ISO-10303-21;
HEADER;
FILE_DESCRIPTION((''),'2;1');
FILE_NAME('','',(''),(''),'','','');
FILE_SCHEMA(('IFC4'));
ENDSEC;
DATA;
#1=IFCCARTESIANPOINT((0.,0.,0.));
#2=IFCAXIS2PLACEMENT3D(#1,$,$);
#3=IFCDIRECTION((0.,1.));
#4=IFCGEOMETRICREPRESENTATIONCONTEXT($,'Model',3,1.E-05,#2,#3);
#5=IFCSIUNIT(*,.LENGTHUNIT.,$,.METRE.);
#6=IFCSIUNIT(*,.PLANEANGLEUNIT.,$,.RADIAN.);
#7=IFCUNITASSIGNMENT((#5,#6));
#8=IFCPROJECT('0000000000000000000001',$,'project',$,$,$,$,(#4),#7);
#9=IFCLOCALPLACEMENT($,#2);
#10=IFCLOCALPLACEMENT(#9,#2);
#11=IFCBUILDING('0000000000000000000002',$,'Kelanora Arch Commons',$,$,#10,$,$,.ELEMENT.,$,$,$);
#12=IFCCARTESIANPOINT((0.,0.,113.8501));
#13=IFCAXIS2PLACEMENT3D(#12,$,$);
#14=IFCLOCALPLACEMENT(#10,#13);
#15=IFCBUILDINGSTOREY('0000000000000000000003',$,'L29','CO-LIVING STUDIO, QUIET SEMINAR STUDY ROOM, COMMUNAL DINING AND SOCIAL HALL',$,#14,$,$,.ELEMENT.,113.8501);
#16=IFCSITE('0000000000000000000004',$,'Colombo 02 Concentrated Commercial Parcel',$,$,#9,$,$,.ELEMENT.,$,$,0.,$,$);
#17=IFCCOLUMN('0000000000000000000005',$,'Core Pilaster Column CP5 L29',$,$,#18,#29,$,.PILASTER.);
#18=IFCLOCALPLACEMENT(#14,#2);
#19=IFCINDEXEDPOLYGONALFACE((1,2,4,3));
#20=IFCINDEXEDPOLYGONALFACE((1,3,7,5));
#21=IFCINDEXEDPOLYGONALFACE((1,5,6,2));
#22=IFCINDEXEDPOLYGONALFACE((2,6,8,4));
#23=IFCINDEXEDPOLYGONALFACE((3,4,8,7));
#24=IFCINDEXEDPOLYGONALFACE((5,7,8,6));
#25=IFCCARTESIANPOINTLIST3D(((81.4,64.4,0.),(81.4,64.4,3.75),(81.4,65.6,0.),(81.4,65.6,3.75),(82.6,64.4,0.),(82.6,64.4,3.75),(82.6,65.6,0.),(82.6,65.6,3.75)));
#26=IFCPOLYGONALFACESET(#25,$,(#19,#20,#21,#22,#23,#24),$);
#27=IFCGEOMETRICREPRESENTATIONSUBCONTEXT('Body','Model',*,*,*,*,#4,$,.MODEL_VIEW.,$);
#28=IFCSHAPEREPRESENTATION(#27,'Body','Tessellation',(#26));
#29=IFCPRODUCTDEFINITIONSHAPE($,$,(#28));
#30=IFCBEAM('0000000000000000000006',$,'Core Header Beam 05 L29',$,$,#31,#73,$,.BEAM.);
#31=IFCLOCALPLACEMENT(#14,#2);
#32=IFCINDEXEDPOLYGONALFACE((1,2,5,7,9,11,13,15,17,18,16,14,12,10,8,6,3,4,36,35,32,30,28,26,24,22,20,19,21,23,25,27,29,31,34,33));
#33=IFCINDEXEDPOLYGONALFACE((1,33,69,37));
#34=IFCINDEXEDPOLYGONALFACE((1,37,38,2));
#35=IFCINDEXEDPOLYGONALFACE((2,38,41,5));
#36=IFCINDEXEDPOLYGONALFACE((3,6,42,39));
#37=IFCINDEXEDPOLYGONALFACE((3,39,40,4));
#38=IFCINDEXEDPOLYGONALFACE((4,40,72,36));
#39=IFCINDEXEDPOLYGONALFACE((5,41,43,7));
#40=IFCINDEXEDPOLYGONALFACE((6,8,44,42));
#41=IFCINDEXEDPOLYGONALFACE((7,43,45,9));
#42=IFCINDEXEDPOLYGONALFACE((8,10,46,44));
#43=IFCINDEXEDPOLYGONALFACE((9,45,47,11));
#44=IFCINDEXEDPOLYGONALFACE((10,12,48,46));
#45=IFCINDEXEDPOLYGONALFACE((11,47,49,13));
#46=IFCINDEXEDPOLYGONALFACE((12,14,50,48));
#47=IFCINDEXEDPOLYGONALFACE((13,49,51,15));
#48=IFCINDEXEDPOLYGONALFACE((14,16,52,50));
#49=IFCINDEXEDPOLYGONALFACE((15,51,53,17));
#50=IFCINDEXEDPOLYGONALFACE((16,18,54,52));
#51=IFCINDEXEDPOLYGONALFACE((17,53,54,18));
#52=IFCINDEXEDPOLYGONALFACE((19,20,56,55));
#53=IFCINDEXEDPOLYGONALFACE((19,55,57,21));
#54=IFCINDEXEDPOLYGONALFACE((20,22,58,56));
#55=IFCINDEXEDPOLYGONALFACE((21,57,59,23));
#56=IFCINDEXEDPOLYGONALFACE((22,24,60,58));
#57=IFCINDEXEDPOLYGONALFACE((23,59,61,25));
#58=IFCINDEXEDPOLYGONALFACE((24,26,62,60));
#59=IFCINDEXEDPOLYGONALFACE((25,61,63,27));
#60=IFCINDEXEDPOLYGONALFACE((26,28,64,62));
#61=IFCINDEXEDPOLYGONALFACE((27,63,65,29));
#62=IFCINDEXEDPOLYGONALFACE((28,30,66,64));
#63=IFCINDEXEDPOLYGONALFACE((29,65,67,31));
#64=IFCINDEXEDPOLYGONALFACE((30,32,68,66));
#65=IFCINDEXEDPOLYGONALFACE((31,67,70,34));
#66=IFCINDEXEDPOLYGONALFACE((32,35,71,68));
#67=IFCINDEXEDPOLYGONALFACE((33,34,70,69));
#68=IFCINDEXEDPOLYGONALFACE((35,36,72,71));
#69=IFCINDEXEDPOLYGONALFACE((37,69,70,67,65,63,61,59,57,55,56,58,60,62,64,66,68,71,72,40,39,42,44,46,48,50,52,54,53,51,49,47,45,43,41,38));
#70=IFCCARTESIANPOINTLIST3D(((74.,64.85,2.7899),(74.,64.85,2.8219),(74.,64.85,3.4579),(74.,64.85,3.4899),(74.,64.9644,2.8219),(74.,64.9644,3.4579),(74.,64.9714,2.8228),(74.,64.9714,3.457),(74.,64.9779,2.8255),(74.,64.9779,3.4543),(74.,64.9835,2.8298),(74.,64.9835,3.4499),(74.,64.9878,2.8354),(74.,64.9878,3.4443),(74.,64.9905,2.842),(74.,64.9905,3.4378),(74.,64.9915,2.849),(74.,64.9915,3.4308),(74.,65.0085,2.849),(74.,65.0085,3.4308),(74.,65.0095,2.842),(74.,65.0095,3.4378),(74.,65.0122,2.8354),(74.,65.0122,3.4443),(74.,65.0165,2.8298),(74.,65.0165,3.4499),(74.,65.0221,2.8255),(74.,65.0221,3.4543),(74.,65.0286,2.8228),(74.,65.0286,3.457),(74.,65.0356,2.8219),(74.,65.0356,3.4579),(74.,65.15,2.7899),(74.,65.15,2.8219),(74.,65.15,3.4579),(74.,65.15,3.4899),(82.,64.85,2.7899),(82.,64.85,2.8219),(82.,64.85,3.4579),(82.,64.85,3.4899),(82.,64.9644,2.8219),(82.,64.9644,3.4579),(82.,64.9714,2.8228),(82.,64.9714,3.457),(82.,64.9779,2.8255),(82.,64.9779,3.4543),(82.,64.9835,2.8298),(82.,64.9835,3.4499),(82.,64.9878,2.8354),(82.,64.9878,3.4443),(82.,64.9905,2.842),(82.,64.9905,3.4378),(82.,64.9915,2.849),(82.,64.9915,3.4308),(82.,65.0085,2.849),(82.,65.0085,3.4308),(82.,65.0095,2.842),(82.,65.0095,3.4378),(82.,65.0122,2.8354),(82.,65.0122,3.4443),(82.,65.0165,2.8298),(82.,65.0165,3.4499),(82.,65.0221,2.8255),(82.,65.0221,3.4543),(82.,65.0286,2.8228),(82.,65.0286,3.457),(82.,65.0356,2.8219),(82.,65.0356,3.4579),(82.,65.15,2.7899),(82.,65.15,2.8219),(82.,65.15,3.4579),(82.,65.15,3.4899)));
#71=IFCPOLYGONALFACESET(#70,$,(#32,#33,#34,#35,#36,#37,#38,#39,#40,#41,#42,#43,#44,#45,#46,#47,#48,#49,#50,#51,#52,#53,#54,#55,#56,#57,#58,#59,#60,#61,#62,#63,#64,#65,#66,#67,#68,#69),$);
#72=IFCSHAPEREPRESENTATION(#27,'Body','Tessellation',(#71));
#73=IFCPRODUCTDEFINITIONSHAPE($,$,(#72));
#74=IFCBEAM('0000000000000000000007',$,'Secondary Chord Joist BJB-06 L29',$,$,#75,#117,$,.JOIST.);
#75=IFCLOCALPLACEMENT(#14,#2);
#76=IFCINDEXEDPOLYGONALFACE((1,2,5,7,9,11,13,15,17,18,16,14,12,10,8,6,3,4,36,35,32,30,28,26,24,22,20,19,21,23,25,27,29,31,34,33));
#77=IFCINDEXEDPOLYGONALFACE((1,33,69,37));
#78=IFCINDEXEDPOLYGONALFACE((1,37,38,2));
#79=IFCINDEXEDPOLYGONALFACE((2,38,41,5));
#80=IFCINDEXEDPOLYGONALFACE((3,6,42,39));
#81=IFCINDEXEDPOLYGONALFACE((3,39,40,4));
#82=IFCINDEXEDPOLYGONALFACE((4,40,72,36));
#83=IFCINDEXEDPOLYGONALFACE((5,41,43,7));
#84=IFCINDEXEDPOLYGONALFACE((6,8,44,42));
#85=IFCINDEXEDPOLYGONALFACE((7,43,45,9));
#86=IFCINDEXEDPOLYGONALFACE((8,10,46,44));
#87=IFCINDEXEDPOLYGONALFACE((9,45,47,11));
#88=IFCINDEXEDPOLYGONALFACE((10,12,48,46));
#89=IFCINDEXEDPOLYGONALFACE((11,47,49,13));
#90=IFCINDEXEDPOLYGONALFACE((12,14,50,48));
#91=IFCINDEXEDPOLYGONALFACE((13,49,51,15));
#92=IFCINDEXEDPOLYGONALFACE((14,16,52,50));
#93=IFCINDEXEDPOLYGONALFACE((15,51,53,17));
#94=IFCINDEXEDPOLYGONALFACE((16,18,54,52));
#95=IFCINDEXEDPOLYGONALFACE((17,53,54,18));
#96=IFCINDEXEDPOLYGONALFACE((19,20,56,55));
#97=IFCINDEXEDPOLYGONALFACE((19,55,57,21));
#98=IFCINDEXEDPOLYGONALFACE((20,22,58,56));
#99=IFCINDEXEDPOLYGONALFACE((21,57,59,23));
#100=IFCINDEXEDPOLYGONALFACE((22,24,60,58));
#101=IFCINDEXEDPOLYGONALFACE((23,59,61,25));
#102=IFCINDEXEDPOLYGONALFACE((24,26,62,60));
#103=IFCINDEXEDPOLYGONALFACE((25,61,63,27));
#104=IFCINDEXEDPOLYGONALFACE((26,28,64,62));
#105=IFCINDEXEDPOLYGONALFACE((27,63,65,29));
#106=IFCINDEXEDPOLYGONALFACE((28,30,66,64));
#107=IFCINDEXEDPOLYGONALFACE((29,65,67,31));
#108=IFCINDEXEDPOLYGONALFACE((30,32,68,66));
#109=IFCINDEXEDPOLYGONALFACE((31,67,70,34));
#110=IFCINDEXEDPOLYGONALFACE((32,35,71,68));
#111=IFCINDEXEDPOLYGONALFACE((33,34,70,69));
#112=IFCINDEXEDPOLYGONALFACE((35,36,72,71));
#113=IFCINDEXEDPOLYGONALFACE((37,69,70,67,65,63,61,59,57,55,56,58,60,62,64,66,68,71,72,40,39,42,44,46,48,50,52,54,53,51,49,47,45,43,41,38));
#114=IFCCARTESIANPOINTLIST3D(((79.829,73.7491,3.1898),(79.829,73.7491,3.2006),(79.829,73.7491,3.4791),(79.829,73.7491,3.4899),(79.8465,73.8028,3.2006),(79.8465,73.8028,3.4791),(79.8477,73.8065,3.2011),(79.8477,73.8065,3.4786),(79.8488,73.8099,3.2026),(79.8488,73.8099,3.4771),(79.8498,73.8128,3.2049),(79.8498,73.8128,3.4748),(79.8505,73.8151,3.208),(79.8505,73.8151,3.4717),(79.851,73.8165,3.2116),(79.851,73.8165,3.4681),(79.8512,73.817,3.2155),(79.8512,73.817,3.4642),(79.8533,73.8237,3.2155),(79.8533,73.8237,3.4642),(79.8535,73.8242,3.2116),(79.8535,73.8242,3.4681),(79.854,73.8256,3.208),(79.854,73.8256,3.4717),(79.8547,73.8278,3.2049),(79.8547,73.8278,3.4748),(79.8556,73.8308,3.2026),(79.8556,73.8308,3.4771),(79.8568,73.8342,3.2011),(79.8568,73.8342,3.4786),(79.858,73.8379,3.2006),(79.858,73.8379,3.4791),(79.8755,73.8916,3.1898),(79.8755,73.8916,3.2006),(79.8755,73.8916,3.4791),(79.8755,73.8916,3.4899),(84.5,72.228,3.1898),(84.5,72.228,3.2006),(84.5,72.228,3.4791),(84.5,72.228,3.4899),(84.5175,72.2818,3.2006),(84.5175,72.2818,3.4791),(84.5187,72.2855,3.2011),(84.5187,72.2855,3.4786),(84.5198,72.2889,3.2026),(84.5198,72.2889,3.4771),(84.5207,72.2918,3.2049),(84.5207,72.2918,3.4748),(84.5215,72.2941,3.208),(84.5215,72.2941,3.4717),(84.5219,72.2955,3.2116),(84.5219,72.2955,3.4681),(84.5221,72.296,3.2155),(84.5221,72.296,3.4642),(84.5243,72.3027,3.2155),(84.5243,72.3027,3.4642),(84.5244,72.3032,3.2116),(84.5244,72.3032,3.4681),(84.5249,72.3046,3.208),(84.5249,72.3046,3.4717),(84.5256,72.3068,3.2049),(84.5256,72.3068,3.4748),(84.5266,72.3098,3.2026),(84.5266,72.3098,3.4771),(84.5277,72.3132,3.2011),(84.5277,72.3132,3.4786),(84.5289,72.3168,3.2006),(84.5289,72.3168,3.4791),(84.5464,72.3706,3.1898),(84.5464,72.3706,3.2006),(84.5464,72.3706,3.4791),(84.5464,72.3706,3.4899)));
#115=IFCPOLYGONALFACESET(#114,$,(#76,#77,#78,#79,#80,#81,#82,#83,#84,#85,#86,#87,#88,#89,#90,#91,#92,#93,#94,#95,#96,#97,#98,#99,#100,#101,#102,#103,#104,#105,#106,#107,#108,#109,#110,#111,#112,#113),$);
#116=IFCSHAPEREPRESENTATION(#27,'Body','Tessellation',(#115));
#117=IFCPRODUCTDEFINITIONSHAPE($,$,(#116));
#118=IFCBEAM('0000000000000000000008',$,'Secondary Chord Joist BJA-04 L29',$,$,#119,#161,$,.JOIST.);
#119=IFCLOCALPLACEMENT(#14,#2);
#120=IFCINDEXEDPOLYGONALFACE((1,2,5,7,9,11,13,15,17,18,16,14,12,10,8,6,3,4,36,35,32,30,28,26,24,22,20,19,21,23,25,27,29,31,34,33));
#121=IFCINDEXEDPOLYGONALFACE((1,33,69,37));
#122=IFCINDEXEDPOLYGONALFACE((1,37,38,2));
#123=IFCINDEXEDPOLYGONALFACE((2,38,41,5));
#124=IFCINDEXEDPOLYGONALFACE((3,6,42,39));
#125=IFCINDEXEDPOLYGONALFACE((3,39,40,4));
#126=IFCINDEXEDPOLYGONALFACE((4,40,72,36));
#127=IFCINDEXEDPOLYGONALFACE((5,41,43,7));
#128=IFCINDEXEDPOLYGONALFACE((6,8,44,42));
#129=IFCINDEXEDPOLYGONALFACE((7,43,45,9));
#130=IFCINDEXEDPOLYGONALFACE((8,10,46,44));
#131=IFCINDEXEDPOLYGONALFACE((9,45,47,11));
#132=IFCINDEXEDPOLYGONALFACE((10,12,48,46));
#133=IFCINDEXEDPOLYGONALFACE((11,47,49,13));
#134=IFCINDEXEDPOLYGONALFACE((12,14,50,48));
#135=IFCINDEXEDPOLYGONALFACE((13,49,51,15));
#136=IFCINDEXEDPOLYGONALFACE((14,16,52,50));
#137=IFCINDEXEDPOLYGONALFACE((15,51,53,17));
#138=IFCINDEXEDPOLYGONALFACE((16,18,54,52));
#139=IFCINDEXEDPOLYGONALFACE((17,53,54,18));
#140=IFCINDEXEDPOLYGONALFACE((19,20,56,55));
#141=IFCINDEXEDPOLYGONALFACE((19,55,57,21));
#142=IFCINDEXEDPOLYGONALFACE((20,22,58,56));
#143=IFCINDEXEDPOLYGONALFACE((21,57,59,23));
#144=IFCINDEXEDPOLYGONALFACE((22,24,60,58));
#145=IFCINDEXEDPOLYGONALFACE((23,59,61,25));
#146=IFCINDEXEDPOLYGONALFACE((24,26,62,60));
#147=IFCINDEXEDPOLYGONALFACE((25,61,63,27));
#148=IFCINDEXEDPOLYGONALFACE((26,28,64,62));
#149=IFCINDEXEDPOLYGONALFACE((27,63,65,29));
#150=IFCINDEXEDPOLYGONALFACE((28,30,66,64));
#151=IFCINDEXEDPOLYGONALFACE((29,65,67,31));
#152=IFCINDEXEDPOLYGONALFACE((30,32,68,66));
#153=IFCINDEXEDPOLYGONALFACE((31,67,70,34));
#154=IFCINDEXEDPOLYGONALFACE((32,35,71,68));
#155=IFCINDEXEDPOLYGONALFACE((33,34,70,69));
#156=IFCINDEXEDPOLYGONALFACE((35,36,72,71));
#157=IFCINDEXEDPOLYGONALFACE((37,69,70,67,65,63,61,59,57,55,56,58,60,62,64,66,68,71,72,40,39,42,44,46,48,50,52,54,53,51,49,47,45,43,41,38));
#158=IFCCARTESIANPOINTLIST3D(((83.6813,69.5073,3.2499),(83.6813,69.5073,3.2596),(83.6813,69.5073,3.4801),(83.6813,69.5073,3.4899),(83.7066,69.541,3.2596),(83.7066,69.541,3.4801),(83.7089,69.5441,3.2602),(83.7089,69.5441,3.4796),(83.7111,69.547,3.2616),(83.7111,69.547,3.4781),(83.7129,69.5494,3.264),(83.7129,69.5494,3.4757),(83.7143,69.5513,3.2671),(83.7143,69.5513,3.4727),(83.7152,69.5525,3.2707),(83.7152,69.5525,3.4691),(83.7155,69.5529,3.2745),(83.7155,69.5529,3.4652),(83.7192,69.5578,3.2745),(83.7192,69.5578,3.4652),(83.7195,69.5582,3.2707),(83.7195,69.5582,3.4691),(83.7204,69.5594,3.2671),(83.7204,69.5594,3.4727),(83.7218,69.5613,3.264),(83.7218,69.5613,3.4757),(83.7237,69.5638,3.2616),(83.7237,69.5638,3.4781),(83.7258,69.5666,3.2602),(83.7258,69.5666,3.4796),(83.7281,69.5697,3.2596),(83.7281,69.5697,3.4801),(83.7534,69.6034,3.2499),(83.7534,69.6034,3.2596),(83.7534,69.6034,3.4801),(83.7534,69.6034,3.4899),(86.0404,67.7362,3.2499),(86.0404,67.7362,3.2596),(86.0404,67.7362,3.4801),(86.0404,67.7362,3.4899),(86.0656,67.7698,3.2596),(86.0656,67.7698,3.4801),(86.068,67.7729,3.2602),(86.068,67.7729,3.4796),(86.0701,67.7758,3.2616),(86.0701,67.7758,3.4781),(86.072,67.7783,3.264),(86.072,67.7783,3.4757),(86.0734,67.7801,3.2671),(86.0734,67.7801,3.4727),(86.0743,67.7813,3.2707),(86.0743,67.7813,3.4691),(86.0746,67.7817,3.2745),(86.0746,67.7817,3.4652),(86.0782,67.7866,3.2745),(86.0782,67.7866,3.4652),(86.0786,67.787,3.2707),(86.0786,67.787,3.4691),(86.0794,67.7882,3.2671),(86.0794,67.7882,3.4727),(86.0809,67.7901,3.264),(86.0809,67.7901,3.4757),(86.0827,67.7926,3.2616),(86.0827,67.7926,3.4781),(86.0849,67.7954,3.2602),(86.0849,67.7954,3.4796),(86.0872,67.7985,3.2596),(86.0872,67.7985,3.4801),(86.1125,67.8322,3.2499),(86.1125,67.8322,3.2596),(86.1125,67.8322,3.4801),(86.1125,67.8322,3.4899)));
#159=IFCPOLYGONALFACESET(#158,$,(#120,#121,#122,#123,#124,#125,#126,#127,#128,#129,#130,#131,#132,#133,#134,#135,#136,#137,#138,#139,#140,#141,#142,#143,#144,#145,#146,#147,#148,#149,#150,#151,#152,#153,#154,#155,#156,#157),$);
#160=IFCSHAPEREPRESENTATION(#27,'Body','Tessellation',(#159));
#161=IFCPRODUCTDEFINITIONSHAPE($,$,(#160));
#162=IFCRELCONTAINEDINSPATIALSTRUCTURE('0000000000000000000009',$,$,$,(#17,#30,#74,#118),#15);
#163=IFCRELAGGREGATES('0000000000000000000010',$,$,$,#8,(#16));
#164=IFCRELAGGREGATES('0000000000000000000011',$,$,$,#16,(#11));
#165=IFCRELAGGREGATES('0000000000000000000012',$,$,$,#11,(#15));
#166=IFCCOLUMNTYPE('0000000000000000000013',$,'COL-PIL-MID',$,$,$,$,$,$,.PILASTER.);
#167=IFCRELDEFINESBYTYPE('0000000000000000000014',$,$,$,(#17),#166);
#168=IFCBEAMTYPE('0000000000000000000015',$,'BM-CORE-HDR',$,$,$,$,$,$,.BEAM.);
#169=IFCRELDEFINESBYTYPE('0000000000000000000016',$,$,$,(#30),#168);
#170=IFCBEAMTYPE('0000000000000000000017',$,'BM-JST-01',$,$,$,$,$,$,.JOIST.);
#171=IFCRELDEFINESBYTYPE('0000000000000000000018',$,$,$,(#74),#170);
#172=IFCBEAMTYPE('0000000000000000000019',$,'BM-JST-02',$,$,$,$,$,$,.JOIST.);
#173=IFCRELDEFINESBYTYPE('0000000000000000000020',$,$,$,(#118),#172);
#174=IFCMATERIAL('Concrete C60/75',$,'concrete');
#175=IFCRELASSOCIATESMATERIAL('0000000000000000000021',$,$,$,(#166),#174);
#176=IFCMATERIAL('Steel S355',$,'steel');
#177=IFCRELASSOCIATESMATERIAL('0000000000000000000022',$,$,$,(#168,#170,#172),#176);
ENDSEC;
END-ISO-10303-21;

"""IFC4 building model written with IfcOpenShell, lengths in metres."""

from ifc_helpers import new_model, si_unit, direction, frame, origin, origin_2d, place, context, subcontext, project, spatial, rectangle, i_section, extrude, material, material_profile, profile_set, type_object, element, save


model = new_model("IFC4")

# Units and contexts
model_context = context("Model", 3, precision=1e-05, world=origin(), true_north=direction((0.0, 1.0)))
body_context = subcontext(model_context, "Body", "Model", "MODEL_VIEW")
ifc_project = project(units=[si_unit("LENGTHUNIT", "METRE"), si_unit("PLANEANGLEUNIT", "RADIAN")], contexts=[model_context])

# Site, building, storey
site_placement = place(None, origin())
site = spatial("IfcSite", under=ifc_project, at=site_placement, Name="Colombo 02 Concentrated Commercial Parcel", CompositionType="ELEMENT", RefElevation=0.0)
building_placement = place(site_placement, origin())
building = spatial("IfcBuilding", under=site, at=building_placement, Name="Kelanora Arch Commons", CompositionType="ELEMENT")
storey_placement = place(building_placement, frame((0.0, 0.0, 113.8501)))
storey = spatial("IfcBuildingStorey", under=building, at=storey_placement, Name="L29", Description="CO-LIVING STUDIO, QUIET SEMINAR STUDY ROOM, COMMUNAL DINING AND SOCIAL HALL", CompositionType="ELEMENT", Elevation=113.8501)

# Column
ifc_material_1 = material(Name="Concrete C60/75", Category="concrete")
ifc_material_profile_1 = material_profile(ifc_material_1, rectangle(XDim=1.2, YDim=1.2, at=origin_2d()), Name="RC1200x1200")
ifc_profile_set_1 = profile_set([ifc_material_profile_1], Name="Concrete C60/75")
column_type = type_object("IfcColumnType", Name="COL-PIL-MID", PredefinedType="PILASTER", material=ifc_profile_set_1)
column_placement = place(storey_placement, frame((82.0, 65.0, 0.0), z_axis=(0.0, 0.0, 1.0), x_axis=(1.0, 0.0, 0.0)))
element("IfcColumn", 1, at=column_placement, inside=storey, type_object=column_type, Name="Core Pilaster Column CP5 L29", PredefinedType="PILASTER", context=body_context, shape_type="SweptSolid", body=[
    extrude(rectangle(XDim=1.2, YDim=1.2, at=origin_2d()), origin(), (0.0, 0.0, 1.0), 3.75),
])

# Beams
ifc_material_2 = material(Name="Steel S355", Category="steel")
ifc_material_profile_2 = material_profile(ifc_material_2, i_section(OverallWidth=0.3, OverallDepth=0.7, WebThickness=0.0171, FlangeThickness=0.032, FilletRadius=0.0271, at=origin_2d()), Name="HEB700")
ifc_profile_set_2 = profile_set([ifc_material_profile_2], Name="Steel S355")
beam_type_1 = type_object("IfcBeamType", Name="BM-CORE-HDR", PredefinedType="BEAM", material=ifc_profile_set_2)
beam_1_placement = place(storey_placement, frame((82.0, 65.0, 3.1399), z_axis=(-1.0, 0.0, 0.0), x_axis=(0.0, -1.0, 0.0)))
element("IfcBeam", 2, at=beam_1_placement, inside=storey, type_object=beam_type_1, Name="Core Header Beam 05 L29", PredefinedType="BEAM", context=body_context, shape_type="SweptSolid", body=[
    extrude(i_section(OverallWidth=0.3, OverallDepth=0.7, WebThickness=0.0171, FlangeThickness=0.032, FilletRadius=0.0271, at=origin_2d()), origin(), (0.0, 0.0, 1.0), 8.0),
])
ifc_material_profile_3 = material_profile(ifc_material_2, i_section(OverallWidth=0.1499, OverallDepth=0.3, WebThickness=0.0071, FlangeThickness=0.0107, FilletRadius=0.0149, at=origin_2d()), Name="IPE300")
ifc_profile_set_3 = profile_set([ifc_material_profile_3], Name="Steel S355")
beam_type_2 = type_object("IfcBeamType", Name="BM-JST-01", PredefinedType="JOIST", material=ifc_profile_set_3)
beam_2_placement = place(storey_placement, frame((84.5232, 72.2993, 3.3398), z_axis=(-0.950857, 0.30963, 0.0), x_axis=(-0.30963, -0.950857, 0.0)))
element("IfcBeam", 3, at=beam_2_placement, inside=storey, type_object=beam_type_2, Name="Secondary Chord Joist BJB-06 L29", PredefinedType="JOIST", context=body_context, shape_type="SweptSolid", body=[
    extrude(i_section(OverallWidth=0.1499, OverallDepth=0.3, WebThickness=0.0071, FlangeThickness=0.0107, FilletRadius=0.0149, at=origin_2d()), origin(), (0.0, 0.0, 1.0), 4.9124),
])
ifc_material_profile_4 = material_profile(ifc_material_2, i_section(OverallWidth=0.1201, OverallDepth=0.24, WebThickness=0.0061, FlangeThickness=0.0098, FilletRadius=0.0149, at=origin_2d()), Name="IPE240")
ifc_profile_set_4 = profile_set([ifc_material_profile_4], Name="Steel S355")
beam_type_3 = type_object("IfcBeamType", Name="BM-JST-02", PredefinedType="JOIST", material=ifc_profile_set_4)
beam_3_placement = place(storey_placement, frame((86.0764, 67.7842, 3.3699), z_axis=(-0.799692, 0.60041, 0.0), x_axis=(-0.60041, -0.799692, 0.0)))
element("IfcBeam", 4, at=beam_3_placement, inside=storey, type_object=beam_type_3, Name="Secondary Chord Joist BJA-04 L29", PredefinedType="JOIST", context=body_context, shape_type="SweptSolid", body=[
    extrude(i_section(OverallWidth=0.1201, OverallDepth=0.24, WebThickness=0.0061, FlangeThickness=0.0098, FilletRadius=0.0149, at=origin_2d()), origin(), (0.0, 0.0, 1.0), 2.95),
])

save(model, "model.ifc")
